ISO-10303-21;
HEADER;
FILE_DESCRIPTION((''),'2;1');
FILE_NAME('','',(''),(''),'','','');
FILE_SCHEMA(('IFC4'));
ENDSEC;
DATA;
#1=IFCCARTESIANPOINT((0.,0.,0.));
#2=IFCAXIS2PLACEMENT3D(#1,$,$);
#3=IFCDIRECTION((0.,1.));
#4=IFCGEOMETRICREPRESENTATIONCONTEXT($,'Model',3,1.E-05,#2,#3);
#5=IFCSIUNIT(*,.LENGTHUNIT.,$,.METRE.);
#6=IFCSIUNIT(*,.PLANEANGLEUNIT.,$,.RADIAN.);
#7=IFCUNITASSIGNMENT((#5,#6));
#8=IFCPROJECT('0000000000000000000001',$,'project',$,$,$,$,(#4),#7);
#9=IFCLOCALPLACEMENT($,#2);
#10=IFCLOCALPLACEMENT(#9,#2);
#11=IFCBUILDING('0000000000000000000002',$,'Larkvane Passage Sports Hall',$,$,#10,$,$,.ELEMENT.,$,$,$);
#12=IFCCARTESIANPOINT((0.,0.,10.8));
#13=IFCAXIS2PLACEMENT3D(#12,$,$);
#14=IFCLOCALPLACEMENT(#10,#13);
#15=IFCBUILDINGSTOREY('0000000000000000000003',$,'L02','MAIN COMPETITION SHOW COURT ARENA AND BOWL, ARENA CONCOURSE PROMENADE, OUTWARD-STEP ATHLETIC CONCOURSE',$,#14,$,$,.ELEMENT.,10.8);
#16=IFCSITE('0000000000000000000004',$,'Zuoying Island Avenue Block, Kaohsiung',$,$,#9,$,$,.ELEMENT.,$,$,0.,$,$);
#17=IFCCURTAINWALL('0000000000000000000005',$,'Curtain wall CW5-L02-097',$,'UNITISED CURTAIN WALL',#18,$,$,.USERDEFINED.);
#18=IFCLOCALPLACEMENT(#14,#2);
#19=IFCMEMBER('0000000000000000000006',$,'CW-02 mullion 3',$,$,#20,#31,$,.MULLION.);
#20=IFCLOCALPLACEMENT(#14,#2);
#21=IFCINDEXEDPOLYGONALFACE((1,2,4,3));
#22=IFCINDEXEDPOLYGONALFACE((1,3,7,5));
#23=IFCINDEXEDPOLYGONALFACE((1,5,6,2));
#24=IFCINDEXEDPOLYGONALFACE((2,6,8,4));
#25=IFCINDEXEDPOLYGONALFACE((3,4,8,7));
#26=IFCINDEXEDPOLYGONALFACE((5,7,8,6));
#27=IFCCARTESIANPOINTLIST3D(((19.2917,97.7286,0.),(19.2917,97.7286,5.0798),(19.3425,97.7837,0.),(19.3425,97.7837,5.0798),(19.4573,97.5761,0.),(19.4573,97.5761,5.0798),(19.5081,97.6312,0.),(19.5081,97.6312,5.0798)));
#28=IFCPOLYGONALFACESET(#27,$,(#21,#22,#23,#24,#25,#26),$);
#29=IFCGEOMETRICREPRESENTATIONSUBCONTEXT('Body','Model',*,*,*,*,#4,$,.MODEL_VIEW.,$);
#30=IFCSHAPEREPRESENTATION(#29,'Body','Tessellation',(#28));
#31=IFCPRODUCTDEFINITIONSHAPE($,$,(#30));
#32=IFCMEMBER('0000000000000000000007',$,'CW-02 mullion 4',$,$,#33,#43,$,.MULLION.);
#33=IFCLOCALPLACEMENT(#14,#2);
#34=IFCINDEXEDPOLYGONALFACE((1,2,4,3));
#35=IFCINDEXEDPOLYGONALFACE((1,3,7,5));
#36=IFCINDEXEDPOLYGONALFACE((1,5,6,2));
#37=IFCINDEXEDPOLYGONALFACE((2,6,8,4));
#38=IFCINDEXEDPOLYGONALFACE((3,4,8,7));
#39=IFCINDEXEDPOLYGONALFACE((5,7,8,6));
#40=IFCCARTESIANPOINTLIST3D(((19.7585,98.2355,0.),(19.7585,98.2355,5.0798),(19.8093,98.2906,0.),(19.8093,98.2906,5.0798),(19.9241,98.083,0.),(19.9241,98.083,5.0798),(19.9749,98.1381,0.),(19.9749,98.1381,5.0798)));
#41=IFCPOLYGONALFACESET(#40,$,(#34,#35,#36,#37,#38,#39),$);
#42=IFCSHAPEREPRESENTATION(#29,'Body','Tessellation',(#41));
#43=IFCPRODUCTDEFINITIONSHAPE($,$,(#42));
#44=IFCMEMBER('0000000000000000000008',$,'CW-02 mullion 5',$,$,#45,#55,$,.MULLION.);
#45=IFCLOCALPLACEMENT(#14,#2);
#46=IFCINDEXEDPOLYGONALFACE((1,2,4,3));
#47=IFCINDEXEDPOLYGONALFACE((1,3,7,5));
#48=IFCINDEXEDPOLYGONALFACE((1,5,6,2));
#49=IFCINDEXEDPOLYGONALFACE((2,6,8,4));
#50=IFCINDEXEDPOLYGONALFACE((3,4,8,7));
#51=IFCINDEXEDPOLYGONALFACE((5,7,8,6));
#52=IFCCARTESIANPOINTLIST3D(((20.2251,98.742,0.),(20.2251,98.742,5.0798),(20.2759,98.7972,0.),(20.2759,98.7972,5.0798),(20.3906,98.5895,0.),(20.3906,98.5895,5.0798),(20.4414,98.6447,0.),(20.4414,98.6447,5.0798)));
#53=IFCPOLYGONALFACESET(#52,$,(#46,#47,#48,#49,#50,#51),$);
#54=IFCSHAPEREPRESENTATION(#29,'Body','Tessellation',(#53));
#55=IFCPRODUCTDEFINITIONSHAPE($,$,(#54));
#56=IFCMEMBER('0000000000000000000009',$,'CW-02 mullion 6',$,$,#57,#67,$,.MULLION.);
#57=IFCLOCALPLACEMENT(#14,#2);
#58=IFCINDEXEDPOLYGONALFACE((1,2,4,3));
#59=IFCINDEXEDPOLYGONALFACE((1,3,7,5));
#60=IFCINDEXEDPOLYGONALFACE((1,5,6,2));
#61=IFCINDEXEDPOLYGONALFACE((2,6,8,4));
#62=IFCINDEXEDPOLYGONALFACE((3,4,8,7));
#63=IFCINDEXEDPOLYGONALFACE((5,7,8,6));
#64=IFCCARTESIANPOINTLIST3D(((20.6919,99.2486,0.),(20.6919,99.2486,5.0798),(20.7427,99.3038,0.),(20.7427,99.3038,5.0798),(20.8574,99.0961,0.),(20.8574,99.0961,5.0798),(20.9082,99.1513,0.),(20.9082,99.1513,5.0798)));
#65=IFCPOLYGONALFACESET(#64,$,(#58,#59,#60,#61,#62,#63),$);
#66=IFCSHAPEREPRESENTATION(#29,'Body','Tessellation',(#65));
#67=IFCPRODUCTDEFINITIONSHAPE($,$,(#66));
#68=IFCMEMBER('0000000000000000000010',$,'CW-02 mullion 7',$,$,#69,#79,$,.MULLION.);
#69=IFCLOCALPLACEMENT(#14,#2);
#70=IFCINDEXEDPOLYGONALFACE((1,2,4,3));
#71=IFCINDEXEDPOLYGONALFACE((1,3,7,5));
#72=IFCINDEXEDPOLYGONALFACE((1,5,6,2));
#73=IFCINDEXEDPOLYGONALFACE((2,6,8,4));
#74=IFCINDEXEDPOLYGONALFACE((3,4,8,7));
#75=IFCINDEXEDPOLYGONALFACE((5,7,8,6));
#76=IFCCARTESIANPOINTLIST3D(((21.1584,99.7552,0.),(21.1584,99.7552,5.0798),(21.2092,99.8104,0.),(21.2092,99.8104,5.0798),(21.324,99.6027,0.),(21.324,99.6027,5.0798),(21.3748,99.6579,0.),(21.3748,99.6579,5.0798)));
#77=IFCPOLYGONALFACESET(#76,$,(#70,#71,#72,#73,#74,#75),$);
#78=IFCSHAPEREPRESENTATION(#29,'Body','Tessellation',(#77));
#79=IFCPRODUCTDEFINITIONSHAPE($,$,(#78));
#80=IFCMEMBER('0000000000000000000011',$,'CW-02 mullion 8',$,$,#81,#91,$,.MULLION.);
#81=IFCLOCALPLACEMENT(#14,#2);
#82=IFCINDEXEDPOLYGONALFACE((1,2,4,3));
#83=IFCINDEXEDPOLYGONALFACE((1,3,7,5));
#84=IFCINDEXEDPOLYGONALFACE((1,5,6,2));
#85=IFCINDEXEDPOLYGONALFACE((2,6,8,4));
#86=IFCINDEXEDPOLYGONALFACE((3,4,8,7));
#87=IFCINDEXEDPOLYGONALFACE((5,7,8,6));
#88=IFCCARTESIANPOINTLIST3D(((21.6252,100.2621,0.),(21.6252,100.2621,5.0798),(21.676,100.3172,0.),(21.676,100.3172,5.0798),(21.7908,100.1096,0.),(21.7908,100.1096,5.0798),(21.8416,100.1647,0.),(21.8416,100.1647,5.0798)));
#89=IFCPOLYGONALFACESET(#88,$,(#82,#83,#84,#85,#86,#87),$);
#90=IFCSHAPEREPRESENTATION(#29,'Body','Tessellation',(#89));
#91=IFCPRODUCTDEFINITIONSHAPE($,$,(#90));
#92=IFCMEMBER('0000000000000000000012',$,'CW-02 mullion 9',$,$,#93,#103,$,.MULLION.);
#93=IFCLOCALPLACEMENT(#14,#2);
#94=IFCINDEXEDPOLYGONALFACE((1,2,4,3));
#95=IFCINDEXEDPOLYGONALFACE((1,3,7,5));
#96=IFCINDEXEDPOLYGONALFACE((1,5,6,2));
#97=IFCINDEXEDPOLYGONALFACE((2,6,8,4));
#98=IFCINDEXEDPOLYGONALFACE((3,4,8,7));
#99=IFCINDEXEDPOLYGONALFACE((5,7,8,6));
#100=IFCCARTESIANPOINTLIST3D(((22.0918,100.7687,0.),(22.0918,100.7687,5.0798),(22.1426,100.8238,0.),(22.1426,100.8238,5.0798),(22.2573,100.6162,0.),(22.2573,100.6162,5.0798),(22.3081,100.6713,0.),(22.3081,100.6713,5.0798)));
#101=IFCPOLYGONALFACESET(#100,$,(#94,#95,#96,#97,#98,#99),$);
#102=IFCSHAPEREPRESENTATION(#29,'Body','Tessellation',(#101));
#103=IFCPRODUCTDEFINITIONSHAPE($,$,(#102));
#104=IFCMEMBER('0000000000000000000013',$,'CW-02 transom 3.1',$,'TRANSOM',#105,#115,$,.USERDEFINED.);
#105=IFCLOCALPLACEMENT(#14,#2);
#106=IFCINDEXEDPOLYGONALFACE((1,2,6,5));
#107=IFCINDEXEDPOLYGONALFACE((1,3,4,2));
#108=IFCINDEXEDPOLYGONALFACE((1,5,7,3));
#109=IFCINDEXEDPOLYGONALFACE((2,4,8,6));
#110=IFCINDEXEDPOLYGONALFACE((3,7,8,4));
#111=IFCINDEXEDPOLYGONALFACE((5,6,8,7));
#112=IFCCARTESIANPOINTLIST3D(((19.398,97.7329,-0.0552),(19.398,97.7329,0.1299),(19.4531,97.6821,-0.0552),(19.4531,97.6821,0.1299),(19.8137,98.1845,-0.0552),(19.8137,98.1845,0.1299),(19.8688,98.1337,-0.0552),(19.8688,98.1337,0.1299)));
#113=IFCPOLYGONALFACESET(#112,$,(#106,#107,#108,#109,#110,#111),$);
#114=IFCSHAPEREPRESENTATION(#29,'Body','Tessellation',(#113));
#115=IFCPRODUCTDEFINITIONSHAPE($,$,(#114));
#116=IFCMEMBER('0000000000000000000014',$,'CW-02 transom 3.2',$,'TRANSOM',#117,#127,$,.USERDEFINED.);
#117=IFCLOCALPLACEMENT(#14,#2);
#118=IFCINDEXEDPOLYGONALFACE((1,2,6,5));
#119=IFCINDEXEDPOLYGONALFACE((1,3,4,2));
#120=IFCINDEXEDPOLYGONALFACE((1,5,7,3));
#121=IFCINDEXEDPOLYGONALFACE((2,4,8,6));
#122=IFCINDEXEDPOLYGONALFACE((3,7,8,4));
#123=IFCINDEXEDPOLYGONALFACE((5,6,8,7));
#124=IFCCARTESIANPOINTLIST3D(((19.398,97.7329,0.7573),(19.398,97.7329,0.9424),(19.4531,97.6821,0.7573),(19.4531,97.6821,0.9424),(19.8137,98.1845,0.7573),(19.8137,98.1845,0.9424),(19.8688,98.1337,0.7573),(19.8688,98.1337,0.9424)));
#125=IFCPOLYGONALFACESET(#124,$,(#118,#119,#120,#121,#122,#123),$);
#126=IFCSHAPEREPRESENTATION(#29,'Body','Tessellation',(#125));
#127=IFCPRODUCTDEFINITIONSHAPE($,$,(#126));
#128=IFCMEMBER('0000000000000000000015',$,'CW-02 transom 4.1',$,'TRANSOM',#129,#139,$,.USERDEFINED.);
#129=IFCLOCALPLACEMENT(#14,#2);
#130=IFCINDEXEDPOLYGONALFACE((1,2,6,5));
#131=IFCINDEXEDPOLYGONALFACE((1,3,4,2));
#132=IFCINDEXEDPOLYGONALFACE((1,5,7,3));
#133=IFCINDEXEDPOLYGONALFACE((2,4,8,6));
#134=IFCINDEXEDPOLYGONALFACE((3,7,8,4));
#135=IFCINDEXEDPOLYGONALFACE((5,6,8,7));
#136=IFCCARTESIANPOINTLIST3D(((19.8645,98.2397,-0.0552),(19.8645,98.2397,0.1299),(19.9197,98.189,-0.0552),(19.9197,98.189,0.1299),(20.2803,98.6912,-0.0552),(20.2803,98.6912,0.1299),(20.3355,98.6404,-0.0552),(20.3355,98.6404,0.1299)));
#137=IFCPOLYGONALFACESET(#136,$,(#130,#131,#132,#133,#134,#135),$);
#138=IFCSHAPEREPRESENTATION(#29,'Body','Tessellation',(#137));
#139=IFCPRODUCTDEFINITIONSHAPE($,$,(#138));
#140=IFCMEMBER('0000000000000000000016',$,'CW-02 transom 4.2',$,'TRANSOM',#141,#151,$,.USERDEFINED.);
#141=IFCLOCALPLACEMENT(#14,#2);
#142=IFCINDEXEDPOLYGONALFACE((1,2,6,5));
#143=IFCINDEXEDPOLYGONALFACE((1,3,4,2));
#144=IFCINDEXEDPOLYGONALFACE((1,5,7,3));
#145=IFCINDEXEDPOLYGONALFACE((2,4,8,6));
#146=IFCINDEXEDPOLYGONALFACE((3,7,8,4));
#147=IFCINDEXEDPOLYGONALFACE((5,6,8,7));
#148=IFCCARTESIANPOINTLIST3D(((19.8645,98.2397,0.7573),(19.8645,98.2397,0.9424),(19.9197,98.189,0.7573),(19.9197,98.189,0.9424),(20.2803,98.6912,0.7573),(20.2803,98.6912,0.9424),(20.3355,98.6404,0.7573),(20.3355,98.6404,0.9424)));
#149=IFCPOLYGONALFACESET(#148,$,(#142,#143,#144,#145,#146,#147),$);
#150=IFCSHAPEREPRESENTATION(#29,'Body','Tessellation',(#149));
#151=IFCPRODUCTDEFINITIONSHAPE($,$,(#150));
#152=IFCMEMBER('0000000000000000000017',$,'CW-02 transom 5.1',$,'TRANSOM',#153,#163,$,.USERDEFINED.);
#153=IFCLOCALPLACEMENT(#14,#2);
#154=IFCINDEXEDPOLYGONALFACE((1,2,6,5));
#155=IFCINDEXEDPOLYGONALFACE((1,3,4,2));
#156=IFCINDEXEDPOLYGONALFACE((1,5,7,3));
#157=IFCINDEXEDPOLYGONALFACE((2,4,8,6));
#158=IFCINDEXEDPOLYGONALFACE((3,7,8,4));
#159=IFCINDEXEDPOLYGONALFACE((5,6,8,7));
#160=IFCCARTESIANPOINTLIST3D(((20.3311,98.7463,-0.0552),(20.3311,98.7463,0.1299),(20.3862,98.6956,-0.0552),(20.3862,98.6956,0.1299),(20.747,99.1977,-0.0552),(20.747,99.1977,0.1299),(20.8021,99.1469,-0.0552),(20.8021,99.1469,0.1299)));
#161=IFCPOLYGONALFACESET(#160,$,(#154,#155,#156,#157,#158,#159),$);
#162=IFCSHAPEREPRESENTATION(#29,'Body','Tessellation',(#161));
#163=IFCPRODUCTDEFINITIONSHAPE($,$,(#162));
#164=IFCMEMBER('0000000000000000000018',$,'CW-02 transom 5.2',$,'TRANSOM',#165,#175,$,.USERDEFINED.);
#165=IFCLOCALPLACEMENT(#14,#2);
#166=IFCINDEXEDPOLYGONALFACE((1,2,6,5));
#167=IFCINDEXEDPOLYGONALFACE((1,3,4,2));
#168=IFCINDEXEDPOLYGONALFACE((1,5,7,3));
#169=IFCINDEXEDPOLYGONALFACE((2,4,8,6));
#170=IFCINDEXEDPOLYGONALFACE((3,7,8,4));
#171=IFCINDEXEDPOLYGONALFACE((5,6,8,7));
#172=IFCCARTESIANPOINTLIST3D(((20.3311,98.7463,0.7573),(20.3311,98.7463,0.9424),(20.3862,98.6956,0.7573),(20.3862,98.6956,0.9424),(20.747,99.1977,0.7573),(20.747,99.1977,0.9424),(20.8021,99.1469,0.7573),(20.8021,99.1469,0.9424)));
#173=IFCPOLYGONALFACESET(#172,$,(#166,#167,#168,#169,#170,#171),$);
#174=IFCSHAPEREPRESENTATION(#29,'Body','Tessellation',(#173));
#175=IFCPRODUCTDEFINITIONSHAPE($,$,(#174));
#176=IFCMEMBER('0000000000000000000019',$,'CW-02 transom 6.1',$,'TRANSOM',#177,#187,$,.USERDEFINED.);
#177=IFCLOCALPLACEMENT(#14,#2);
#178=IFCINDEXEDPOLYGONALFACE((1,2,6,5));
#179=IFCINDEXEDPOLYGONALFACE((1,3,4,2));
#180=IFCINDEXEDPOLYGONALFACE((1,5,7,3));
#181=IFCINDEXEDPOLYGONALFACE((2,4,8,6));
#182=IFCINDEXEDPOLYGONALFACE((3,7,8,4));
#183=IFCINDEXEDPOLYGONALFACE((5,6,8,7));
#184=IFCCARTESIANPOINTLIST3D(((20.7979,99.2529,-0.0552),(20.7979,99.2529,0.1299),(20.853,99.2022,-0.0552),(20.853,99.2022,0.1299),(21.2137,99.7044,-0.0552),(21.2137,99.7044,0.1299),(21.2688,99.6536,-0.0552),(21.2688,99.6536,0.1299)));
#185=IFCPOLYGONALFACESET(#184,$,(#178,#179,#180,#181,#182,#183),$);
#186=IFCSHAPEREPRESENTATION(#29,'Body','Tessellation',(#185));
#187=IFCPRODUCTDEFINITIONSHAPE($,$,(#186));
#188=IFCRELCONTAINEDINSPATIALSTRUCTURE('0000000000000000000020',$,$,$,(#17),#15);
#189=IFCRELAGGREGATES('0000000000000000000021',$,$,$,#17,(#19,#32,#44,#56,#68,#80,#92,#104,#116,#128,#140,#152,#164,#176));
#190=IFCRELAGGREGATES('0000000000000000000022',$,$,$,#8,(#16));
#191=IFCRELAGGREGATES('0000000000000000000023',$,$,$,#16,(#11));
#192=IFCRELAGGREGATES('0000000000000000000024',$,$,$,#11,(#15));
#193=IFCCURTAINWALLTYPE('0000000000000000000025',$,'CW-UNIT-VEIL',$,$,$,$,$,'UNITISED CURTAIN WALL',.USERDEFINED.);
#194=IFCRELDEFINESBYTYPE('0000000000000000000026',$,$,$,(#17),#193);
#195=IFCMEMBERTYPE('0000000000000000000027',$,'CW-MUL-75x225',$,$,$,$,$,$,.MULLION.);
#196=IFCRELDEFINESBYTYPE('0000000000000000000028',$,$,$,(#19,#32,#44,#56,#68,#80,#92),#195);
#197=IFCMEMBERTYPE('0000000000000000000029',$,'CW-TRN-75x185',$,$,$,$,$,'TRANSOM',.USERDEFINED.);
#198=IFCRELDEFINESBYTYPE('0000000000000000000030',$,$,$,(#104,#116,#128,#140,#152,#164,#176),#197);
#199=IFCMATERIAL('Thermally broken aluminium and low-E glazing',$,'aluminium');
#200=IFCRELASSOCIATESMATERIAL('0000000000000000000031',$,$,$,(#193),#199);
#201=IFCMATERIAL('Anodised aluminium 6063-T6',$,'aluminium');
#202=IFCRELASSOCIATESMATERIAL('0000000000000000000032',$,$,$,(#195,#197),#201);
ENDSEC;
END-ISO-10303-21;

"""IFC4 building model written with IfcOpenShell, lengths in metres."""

from ifc_helpers import new_model, si_unit, direction, frame, origin, origin_2d, place, context, subcontext, project, spatial, rectangle, extrude, material, material_profile, profile_set, type_object, element, aggregate, save


model = new_model("IFC4")

# Units and contexts
model_context = context("Model", 3, precision=1e-05, world=origin(), true_north=direction((0.0, 1.0)))
body_context = subcontext(model_context, "Body", "Model", "MODEL_VIEW")
ifc_project = project(units=[si_unit("LENGTHUNIT", "METRE"), si_unit("PLANEANGLEUNIT", "RADIAN")], contexts=[model_context])

# Site, building, storey
site_placement = place(None, origin())
site = spatial("IfcSite", under=ifc_project, at=site_placement, Name="Zuoying Island Avenue Block, Kaohsiung", CompositionType="ELEMENT", RefElevation=0.0)
building_placement = place(site_placement, origin())
building = spatial("IfcBuilding", under=site, at=building_placement, Name="Larkvane Passage Sports Hall", CompositionType="ELEMENT")
storey_placement = place(building_placement, frame((0.0, 0.0, 10.8)))
storey = spatial("IfcBuildingStorey", under=building, at=storey_placement, Name="L02", Description="MAIN COMPETITION SHOW COURT ARENA AND BOWL, ARENA CONCOURSE PROMENADE, OUTWARD-STEP ATHLETIC CONCOURSE", CompositionType="ELEMENT", Elevation=10.8)

# Curtain wall, members
ifc_material_1 = material(Name="Thermally broken aluminium and low-E glazing", Category="aluminium")
curtain_wall_type = type_object("IfcCurtainWallType", Name="CW-UNIT-VEIL", ElementType="UNITISED CURTAIN WALL", PredefinedType="USERDEFINED", material=ifc_material_1)
curtain_wall_placement = place(storey_placement, origin())
curtain_wall = element("IfcCurtainWall", 1, at=curtain_wall_placement, inside=storey, type_object=curtain_wall_type, Name="Curtain wall CW5-L02-097", ObjectType="UNITISED CURTAIN WALL", PredefinedType="USERDEFINED")
ifc_material_2 = material(Name="Anodised aluminium 6063-T6", Category="aluminium")
ifc_material_profile_1 = material_profile(ifc_material_2, rectangle(XDim=0.075, YDim=0.2251, at=origin_2d()), Name="ALU-MUL-75x225")
ifc_profile_set_1 = profile_set([ifc_material_profile_1], Name="Anodised aluminium 6063-T6")
member_type_1 = type_object("IfcMemberType", Name="CW-MUL-75x225", PredefinedType="MULLION", material=ifc_profile_set_1)
member_1_placement = place(storey_placement, frame((19.3999, 97.6799, 0.0), z_axis=(0.0, 0.0, 1.0), x_axis=(0.677475, 0.735545, 0.0)))
member_1 = element("IfcMember", 2, at=member_1_placement, type_object=member_type_1, Name="CW-02 mullion 3", PredefinedType="MULLION", context=body_context, shape_type="SweptSolid", body=[
    extrude(rectangle(XDim=0.075, YDim=0.2251, at=origin_2d()), origin(), (0.0, 0.0, 1.0), 5.0798),
])
member_2_placement = place(storey_placement, frame((19.8667, 98.1868, 0.0), z_axis=(0.0, 0.0, 1.0), x_axis=(0.677475, 0.735545, 0.0)))
member_2 = element("IfcMember", 3, at=member_2_placement, type_object=member_type_1, Name="CW-02 mullion 4", PredefinedType="MULLION", context=body_context, shape_type="SweptSolid", body=[
    extrude(rectangle(XDim=0.075, YDim=0.2251, at=origin_2d()), origin(), (0.0, 0.0, 1.0), 5.0798),
])
member_3_placement = place(storey_placement, frame((20.3333, 98.6934, 0.0), z_axis=(0.0, 0.0, 1.0), x_axis=(0.677475, 0.735545, 0.0)))
member_3 = element("IfcMember", 4, at=member_3_placement, type_object=member_type_1, Name="CW-02 mullion 5", PredefinedType="MULLION", context=body_context, shape_type="SweptSolid", body=[
    extrude(rectangle(XDim=0.075, YDim=0.2251, at=origin_2d()), origin(), (0.0, 0.0, 1.0), 5.0798),
])
member_4_placement = place(storey_placement, frame((20.8, 99.2, 0.0), z_axis=(0.0, 0.0, 1.0), x_axis=(0.677475, 0.735545, 0.0)))
member_4 = element("IfcMember", 5, at=member_4_placement, type_object=member_type_1, Name="CW-02 mullion 6", PredefinedType="MULLION", context=body_context, shape_type="SweptSolid", body=[
    extrude(rectangle(XDim=0.075, YDim=0.2251, at=origin_2d()), origin(), (0.0, 0.0, 1.0), 5.0798),
])
member_5_placement = place(storey_placement, frame((21.2666, 99.7065, 0.0), z_axis=(0.0, 0.0, 1.0), x_axis=(0.677475, 0.735545, 0.0)))
member_5 = element("IfcMember", 6, at=member_5_placement, type_object=member_type_1, Name="CW-02 mullion 7", PredefinedType="MULLION", context=body_context, shape_type="SweptSolid", body=[
    extrude(rectangle(XDim=0.075, YDim=0.2251, at=origin_2d()), origin(), (0.0, 0.0, 1.0), 5.0798),
])
member_6_placement = place(storey_placement, frame((21.7334, 100.2134, 0.0), z_axis=(0.0, 0.0, 1.0), x_axis=(0.677475, 0.735545, 0.0)))
member_6 = element("IfcMember", 7, at=member_6_placement, type_object=member_type_1, Name="CW-02 mullion 8", PredefinedType="MULLION", context=body_context, shape_type="SweptSolid", body=[
    extrude(rectangle(XDim=0.075, YDim=0.2251, at=origin_2d()), origin(), (0.0, 0.0, 1.0), 5.0798),
])
member_7_placement = place(storey_placement, frame((22.2, 100.72, 0.0), z_axis=(0.0, 0.0, 1.0), x_axis=(0.677475, 0.735545, 0.0)))
member_7 = element("IfcMember", 8, at=member_7_placement, type_object=member_type_1, Name="CW-02 mullion 9", PredefinedType="MULLION", context=body_context, shape_type="SweptSolid", body=[
    extrude(rectangle(XDim=0.075, YDim=0.2251, at=origin_2d()), origin(), (0.0, 0.0, 1.0), 5.0798),
])
ifc_material_profile_2 = material_profile(ifc_material_2, rectangle(XDim=0.075, YDim=0.1851, at=origin_2d()), Name="ALU-TRN-75x185")
ifc_profile_set_2 = profile_set([ifc_material_profile_2], Name="Anodised aluminium 6063-T6")
member_type_2 = type_object("IfcMemberType", Name="CW-TRN-75x185", ElementType="TRANSOM", PredefinedType="USERDEFINED", material=ifc_profile_set_2)
member_8_placement = place(storey_placement, frame((19.4255, 97.7075, 0.0374), z_axis=(0.677272, 0.735733, 0.0), x_axis=(-0.735733, 0.677272, 0.0)))
member_8 = element("IfcMember", 9, at=member_8_placement, type_object=member_type_2, Name="CW-02 transom 3.1", ObjectType="TRANSOM", PredefinedType="USERDEFINED", context=body_context, shape_type="SweptSolid", body=[
    extrude(rectangle(XDim=0.075, YDim=0.1851, at=origin_2d()), origin(), (0.0, 0.0, 1.0), 0.6138),
])
member_9_placement = place(storey_placement, frame((19.4255, 97.7075, 0.8499), z_axis=(0.677272, 0.735733, 0.0), x_axis=(-0.735733, 0.677272, 0.0)))
member_9 = element("IfcMember", 10, at=member_9_placement, type_object=member_type_2, Name="CW-02 transom 3.2", ObjectType="TRANSOM", PredefinedType="USERDEFINED", context=body_context, shape_type="SweptSolid", body=[
    extrude(rectangle(XDim=0.075, YDim=0.1851, at=origin_2d()), origin(), (0.0, 0.0, 1.0), 0.6138),
])
member_10_placement = place(storey_placement, frame((19.8921, 98.2144, 0.0374), z_axis=(0.67747, 0.73555, 0.0), x_axis=(-0.73555, 0.67747, 0.0)))
member_10 = element("IfcMember", 11, at=member_10_placement, type_object=member_type_2, Name="CW-02 transom 4.1", ObjectType="TRANSOM", PredefinedType="USERDEFINED", context=body_context, shape_type="SweptSolid", body=[
    extrude(rectangle(XDim=0.075, YDim=0.1851, at=origin_2d()), origin(), (0.0, 0.0, 1.0), 0.6138),
])
member_11_placement = place(storey_placement, frame((19.8921, 98.2144, 0.8499), z_axis=(0.67747, 0.73555, 0.0), x_axis=(-0.73555, 0.67747, 0.0)))
member_11 = element("IfcMember", 12, at=member_11_placement, type_object=member_type_2, Name="CW-02 transom 4.2", ObjectType="TRANSOM", PredefinedType="USERDEFINED", context=body_context, shape_type="SweptSolid", body=[
    extrude(rectangle(XDim=0.075, YDim=0.1851, at=origin_2d()), origin(), (0.0, 0.0, 1.0), 0.6138),
])
member_12_placement = place(storey_placement, frame((20.3586, 98.7209, 0.0374), z_axis=(0.677685, 0.735352, 0.0), x_axis=(-0.735352, 0.677685, 0.0)))
member_12 = element("IfcMember", 13, at=member_12_placement, type_object=member_type_2, Name="CW-02 transom 5.1", ObjectType="TRANSOM", PredefinedType="USERDEFINED", context=body_context, shape_type="SweptSolid", body=[
    extrude(rectangle(XDim=0.075, YDim=0.1851, at=origin_2d()), origin(), (0.0, 0.0, 1.0), 0.6138),
])
member_13_placement = place(storey_placement, frame((20.3586, 98.7209, 0.8499), z_axis=(0.677685, 0.735352, 0.0), x_axis=(-0.735352, 0.677685, 0.0)))
member_13 = element("IfcMember", 14, at=member_13_placement, type_object=member_type_2, Name="CW-02 transom 5.2", ObjectType="TRANSOM", PredefinedType="USERDEFINED", context=body_context, shape_type="SweptSolid", body=[
    extrude(rectangle(XDim=0.075, YDim=0.1851, at=origin_2d()), origin(), (0.0, 0.0, 1.0), 0.6138),
])
member_14_placement = place(storey_placement, frame((20.8254, 99.2275, 0.0374), z_axis=(0.67747, 0.73555, 0.0), x_axis=(-0.73555, 0.67747, 0.0)))
member_14 = element("IfcMember", 15, at=member_14_placement, type_object=member_type_2, Name="CW-02 transom 6.1", ObjectType="TRANSOM", PredefinedType="USERDEFINED", context=body_context, shape_type="SweptSolid", body=[
    extrude(rectangle(XDim=0.075, YDim=0.1851, at=origin_2d()), origin(), (0.0, 0.0, 1.0), 0.6138),
])
aggregate(curtain_wall, [member_1, member_2, member_3, member_4, member_5, member_6, member_7, member_8, member_9, member_10, member_11, member_12, member_13, member_14])

save(model, "model.ifc")
